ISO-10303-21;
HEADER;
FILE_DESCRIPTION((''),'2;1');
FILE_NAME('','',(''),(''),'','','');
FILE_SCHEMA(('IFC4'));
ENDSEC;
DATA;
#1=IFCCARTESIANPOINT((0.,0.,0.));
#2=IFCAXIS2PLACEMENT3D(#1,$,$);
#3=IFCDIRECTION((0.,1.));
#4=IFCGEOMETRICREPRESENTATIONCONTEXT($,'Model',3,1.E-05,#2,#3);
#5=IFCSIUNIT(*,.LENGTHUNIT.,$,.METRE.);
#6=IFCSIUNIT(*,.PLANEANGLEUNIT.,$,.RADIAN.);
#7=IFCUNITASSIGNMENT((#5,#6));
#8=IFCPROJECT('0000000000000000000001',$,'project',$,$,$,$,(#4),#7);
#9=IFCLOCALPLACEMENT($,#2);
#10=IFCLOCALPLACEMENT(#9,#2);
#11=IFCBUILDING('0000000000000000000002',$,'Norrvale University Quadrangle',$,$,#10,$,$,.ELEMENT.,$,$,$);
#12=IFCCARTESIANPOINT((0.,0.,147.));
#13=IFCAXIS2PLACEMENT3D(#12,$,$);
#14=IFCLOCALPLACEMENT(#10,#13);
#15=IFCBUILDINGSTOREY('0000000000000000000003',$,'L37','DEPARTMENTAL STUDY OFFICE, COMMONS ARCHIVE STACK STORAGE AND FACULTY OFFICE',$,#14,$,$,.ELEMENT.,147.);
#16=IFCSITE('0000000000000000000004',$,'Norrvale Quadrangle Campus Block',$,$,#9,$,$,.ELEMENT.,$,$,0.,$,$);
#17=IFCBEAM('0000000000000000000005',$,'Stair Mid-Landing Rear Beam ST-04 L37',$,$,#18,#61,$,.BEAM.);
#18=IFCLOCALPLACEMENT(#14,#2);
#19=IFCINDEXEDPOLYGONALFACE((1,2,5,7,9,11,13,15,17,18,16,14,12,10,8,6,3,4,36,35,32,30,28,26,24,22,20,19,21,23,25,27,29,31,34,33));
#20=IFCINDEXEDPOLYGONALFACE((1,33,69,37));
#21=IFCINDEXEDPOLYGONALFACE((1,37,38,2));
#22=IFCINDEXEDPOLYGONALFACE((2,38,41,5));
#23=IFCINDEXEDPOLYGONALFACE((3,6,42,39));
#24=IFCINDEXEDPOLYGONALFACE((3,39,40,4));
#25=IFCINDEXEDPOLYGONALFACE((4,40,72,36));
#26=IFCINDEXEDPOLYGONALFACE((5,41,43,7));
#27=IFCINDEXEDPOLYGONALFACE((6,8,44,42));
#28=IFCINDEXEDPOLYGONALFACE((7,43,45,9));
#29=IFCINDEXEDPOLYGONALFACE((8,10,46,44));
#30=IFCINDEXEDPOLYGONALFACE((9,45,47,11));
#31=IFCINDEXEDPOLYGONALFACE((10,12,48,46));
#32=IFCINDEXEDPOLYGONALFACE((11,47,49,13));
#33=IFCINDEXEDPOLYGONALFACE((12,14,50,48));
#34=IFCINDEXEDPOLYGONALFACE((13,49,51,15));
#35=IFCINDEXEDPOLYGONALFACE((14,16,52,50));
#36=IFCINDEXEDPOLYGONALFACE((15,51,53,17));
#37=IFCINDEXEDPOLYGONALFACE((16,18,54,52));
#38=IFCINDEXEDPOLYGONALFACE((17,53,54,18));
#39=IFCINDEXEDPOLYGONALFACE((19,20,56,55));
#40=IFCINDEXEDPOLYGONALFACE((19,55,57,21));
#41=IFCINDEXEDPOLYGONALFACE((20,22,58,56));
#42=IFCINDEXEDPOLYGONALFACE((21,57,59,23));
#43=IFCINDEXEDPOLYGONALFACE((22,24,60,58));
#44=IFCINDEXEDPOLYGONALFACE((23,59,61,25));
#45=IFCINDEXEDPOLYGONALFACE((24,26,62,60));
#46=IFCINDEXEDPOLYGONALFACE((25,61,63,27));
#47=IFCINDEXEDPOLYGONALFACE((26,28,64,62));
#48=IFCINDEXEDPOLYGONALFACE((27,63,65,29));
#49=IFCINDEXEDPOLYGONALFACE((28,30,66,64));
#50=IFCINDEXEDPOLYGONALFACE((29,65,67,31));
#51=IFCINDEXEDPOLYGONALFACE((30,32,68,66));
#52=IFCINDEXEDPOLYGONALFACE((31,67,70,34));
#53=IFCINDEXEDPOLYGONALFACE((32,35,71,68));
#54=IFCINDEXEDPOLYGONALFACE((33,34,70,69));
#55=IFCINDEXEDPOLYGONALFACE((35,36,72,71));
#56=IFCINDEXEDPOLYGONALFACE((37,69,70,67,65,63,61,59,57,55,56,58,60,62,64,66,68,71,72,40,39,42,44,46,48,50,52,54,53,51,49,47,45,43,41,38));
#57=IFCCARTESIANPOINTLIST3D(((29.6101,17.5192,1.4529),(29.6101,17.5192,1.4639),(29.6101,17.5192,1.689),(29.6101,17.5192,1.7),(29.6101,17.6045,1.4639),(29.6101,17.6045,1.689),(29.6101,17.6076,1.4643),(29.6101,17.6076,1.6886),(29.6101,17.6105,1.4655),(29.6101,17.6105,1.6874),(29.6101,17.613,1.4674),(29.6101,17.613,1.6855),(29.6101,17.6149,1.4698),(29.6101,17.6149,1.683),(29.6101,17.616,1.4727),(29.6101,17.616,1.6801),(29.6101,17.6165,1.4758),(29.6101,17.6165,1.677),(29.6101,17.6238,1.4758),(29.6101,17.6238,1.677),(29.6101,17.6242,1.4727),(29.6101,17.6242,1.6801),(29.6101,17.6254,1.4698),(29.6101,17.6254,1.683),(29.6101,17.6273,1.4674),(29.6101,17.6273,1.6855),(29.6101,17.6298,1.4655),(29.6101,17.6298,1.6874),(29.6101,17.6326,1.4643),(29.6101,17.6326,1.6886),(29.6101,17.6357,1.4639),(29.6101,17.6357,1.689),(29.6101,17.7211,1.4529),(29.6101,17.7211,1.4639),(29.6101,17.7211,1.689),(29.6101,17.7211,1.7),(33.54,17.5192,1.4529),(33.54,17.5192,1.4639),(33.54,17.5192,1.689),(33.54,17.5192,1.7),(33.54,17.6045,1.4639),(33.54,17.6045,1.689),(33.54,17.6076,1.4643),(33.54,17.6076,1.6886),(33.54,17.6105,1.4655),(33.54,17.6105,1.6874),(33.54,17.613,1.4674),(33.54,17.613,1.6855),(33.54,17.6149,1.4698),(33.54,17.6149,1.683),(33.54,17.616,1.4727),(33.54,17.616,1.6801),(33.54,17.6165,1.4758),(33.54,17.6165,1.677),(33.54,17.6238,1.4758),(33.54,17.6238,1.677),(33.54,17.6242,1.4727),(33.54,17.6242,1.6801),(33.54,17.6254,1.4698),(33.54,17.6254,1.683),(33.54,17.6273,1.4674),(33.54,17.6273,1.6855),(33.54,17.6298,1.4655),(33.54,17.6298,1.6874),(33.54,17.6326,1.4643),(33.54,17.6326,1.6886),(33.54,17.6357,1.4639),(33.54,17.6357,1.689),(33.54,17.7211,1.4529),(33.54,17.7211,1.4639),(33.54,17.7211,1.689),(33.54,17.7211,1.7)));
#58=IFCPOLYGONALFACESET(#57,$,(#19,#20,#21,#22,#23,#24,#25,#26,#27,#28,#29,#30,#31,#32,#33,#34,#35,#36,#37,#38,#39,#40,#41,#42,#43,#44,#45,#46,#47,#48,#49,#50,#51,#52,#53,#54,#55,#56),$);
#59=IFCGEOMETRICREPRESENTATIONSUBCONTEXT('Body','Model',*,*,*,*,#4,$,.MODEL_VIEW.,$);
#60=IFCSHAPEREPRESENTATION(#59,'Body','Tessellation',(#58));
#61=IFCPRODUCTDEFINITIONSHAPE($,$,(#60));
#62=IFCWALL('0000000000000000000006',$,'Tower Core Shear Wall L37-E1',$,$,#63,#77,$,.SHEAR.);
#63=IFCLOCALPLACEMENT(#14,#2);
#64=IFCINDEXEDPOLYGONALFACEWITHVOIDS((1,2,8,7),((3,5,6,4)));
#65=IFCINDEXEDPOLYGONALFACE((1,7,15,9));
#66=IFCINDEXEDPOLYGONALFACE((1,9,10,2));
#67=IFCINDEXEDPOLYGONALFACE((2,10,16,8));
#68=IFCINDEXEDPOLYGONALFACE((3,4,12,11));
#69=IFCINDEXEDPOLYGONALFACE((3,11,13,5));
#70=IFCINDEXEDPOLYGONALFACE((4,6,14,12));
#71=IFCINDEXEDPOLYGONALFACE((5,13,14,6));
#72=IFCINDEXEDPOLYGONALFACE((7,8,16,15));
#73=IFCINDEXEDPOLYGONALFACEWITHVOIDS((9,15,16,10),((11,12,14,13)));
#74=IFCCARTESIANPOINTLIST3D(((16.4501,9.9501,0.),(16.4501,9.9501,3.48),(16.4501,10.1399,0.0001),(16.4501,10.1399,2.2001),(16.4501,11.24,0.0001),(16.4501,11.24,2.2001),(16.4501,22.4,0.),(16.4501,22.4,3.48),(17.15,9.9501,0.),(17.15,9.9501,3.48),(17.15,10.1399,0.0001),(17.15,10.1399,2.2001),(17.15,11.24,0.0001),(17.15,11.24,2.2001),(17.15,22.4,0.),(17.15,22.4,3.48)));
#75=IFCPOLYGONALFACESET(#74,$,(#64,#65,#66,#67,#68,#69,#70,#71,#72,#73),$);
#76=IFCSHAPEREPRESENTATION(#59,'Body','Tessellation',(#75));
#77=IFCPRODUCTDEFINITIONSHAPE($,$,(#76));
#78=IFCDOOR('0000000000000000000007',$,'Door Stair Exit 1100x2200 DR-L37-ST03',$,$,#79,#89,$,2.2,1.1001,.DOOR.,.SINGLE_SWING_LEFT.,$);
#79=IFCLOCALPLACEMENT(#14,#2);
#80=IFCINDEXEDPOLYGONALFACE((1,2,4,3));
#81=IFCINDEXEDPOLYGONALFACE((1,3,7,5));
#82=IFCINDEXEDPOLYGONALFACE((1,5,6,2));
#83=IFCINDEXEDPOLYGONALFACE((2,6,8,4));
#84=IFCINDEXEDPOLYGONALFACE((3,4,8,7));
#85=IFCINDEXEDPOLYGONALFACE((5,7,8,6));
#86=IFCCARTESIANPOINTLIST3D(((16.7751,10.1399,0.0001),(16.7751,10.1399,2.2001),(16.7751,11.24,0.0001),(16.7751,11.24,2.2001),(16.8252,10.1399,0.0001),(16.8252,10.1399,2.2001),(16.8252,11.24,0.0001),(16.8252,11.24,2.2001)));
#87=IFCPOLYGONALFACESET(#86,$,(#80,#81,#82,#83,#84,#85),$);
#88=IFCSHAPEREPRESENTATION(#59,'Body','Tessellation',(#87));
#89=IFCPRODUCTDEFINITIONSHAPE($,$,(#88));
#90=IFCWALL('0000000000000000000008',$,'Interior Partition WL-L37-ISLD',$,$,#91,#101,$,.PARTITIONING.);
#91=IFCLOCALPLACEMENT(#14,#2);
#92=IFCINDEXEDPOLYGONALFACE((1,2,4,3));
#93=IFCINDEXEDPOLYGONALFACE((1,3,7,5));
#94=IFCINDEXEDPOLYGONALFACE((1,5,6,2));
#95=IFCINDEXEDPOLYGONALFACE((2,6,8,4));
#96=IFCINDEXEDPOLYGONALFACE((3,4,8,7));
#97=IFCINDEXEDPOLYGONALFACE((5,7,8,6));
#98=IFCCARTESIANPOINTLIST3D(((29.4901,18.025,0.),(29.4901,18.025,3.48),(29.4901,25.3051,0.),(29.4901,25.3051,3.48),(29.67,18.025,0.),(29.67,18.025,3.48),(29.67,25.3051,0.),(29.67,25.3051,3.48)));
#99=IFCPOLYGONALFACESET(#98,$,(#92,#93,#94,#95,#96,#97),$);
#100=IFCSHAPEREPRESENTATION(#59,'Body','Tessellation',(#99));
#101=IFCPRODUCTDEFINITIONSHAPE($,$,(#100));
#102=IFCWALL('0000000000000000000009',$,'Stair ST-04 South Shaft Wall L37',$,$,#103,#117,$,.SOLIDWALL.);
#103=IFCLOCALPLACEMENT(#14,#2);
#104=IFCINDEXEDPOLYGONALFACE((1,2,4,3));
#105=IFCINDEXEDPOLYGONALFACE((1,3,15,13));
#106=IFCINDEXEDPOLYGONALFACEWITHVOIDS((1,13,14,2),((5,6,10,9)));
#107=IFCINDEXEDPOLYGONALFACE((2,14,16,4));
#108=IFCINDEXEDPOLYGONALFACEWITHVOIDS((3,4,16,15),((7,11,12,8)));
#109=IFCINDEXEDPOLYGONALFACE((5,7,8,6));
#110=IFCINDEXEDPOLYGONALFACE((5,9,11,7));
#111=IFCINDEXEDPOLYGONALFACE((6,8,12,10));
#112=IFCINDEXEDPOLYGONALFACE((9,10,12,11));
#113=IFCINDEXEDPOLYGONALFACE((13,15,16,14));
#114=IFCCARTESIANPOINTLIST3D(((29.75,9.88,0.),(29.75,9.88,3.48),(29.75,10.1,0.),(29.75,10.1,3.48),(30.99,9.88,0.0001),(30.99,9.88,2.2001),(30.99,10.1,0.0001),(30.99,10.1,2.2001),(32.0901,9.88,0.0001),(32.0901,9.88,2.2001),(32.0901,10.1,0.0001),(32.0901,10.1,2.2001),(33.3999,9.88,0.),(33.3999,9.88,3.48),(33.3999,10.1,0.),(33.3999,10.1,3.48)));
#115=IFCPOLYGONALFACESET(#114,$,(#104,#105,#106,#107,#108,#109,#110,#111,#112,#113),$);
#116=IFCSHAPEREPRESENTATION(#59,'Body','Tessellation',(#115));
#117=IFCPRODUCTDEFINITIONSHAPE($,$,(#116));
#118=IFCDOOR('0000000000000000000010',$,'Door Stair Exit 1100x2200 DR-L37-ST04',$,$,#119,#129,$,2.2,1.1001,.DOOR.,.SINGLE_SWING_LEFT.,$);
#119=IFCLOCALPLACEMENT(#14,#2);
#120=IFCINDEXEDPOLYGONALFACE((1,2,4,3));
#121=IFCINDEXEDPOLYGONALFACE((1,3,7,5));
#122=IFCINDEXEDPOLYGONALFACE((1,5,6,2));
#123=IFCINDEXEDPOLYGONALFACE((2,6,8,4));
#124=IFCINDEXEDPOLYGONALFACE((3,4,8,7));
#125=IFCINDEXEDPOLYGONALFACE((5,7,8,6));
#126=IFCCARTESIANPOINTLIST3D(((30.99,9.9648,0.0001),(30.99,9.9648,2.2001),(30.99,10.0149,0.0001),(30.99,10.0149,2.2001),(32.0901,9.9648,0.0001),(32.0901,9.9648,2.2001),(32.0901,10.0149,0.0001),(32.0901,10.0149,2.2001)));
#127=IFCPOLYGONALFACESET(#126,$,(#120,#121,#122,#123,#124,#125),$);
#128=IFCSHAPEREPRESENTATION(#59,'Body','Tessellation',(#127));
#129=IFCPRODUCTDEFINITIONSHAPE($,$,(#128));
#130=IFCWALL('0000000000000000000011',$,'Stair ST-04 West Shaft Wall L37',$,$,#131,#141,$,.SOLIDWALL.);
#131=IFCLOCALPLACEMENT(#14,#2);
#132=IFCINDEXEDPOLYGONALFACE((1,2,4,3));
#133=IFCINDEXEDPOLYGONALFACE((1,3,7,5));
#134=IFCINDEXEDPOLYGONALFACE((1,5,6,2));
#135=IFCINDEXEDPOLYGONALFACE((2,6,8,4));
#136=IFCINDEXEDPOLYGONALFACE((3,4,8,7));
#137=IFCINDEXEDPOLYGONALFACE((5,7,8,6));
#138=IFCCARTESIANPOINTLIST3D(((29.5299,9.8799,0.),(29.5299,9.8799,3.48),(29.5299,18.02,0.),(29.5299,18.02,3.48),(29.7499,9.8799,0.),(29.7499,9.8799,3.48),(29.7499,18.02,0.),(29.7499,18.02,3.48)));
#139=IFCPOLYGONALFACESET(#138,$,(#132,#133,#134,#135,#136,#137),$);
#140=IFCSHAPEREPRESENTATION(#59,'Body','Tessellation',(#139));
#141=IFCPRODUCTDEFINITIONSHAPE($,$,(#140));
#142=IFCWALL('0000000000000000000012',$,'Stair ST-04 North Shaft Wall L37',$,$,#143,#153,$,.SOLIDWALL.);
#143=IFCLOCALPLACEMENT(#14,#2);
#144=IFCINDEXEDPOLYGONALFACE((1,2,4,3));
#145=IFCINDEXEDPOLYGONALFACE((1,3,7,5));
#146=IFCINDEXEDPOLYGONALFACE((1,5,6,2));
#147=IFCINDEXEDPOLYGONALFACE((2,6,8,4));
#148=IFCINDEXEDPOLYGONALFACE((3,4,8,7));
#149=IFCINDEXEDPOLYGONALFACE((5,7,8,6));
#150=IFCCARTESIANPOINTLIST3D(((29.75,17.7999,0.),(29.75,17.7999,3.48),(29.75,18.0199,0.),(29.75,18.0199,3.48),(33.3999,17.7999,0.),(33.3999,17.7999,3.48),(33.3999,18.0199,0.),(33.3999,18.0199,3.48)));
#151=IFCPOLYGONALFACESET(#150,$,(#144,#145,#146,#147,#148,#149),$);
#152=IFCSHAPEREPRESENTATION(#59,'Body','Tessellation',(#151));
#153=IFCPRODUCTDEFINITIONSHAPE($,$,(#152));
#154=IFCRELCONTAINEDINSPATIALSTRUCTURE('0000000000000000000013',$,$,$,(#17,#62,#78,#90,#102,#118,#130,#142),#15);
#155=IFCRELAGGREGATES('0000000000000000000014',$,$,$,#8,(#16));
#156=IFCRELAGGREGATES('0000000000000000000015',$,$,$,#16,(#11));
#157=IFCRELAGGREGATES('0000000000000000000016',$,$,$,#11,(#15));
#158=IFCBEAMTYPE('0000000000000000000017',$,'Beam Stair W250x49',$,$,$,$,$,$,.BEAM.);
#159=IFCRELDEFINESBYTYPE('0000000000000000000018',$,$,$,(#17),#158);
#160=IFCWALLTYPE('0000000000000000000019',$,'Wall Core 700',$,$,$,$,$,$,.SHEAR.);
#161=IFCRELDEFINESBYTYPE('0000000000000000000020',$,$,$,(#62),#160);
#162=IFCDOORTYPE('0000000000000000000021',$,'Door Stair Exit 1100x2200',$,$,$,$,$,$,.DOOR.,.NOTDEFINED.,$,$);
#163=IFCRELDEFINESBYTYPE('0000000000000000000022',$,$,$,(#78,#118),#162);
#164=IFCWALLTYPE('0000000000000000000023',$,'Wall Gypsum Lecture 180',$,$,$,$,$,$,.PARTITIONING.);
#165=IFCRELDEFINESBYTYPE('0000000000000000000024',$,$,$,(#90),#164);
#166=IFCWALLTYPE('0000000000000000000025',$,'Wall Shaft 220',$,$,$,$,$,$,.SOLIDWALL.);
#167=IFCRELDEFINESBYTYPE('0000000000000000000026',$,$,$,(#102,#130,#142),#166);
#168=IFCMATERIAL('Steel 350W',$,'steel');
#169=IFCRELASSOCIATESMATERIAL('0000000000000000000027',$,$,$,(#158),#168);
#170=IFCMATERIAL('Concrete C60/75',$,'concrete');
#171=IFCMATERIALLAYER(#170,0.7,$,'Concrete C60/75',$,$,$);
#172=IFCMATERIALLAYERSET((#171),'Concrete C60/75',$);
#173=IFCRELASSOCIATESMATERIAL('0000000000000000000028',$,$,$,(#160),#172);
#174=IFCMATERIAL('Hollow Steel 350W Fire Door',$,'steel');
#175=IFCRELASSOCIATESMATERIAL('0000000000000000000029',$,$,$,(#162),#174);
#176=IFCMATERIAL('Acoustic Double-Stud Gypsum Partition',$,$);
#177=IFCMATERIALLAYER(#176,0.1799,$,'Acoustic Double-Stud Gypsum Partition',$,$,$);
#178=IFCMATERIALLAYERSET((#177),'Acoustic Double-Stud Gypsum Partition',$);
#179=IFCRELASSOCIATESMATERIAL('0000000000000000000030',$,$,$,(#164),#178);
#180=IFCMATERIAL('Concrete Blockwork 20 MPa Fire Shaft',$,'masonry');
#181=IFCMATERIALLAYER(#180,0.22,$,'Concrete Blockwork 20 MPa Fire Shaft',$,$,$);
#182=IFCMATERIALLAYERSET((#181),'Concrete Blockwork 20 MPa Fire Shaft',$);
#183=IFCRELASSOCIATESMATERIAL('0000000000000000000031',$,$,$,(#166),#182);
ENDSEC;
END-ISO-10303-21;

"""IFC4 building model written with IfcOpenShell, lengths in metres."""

from ifc_helpers import new_model, si_unit, direction, frame, frame_2d, origin, origin_2d, place, context, subcontext, project, spatial, rectangle, i_section, extrude, material, layer, layer_set, material_profile, profile_set, type_object, element, fill, save


model = new_model("IFC4")

# Units and contexts
model_context = context("Model", 3, precision=1e-05, world=origin(), true_north=direction((0.0, 1.0)))
body_context = subcontext(model_context, "Body", "Model", "MODEL_VIEW")
ifc_project = project(units=[si_unit("LENGTHUNIT", "METRE"), si_unit("PLANEANGLEUNIT", "RADIAN")], contexts=[model_context])

# Site, building, storey
site_placement = place(None, origin())
site = spatial("IfcSite", under=ifc_project, at=site_placement, Name="Norrvale Quadrangle Campus Block", CompositionType="ELEMENT", RefElevation=0.0)
building_placement = place(site_placement, origin())
building = spatial("IfcBuilding", under=site, at=building_placement, Name="Norrvale University Quadrangle", CompositionType="ELEMENT")
storey_placement = place(building_placement, frame((0.0, 0.0, 147.0)))
storey = spatial("IfcBuildingStorey", under=building, at=storey_placement, Name="L37", Description="DEPARTMENTAL STUDY OFFICE, COMMONS ARCHIVE STACK STORAGE AND FACULTY OFFICE", CompositionType="ELEMENT", Elevation=147.0)

# Shared definitions
ifc_material_1 = material(Name="Concrete C60/75", Category="concrete")

# Beam
ifc_material_2 = material(Name="Steel 350W", Category="steel")
ifc_material_profile_1 = material_profile(ifc_material_2, i_section(OverallWidth=0.2019, OverallDepth=0.2471, WebThickness=0.0073, FlangeThickness=0.011, FilletRadius=0.012, at=origin_2d()), Name="Steel 350W")
ifc_profile_set_1 = profile_set([ifc_material_profile_1], Name="Steel 350W")
beam_type_1 = type_object("IfcBeamType", Name="Beam Stair W250x49", PredefinedType="BEAM", material=ifc_profile_set_1)
for number, where, z_axis, x_axis, name in (
    (1, (29.6101, 17.6201, 1.5764), (1.0, 0.0, 0.0), (0.0, 1.0, 0.0), "Stair Mid-Landing Rear Beam ST-04 L37"),
):
    element("IfcBeam", number, at=place(storey_placement, frame(where, z_axis=z_axis, x_axis=x_axis)), inside=storey, type_object=beam_type_1, Name=name, PredefinedType="BEAM", context=body_context, shape_type="SweptSolid", body=[
        extrude(i_section(OverallWidth=0.2019, OverallDepth=0.2471, WebThickness=0.0073, FlangeThickness=0.011, FilletRadius=0.012, at=origin_2d()), origin(), (0.0, 0.0, 1.0), 3.9299),
    ])

# Wall, opening, door
ifc_layer_1 = layer(ifc_material_1, 0.7, Name="Concrete C60/75")
ifc_layer_set_1 = layer_set([ifc_layer_1], Name="Concrete C60/75")
wall_type_1 = type_object("IfcWallType", Name="Wall Core 700", PredefinedType="SHEAR", material=ifc_layer_set_1)
wall_1_placement = place(storey_placement, frame((16.8, 9.95, 0.0), z_axis=(0.0, 0.0, 1.0), x_axis=(0.0, 1.0, 0.0)))
wall_1 = element("IfcWall", 2, at=wall_1_placement, inside=storey, type_object=wall_type_1, Name="Tower Core Shear Wall L37-E1", PredefinedType="SHEAR", context=body_context, shape_type="SweptSolid", body=[
    extrude(rectangle(XDim=12.45, YDim=0.7, at=frame_2d((6.2251, 0.0))), origin(), (0.0, 0.0, 1.0), 3.48),
])
opening_1_placement = place(wall_1_placement, frame((0.1899, 0.0, 0.0)))
opening_1 = element("IfcOpeningElement", 3, at=opening_1_placement, cuts=wall_1, PredefinedType="OPENING", context=body_context, shape_type="SweptSolid", body=[
    extrude(rectangle(XDim=1.1001, YDim=2.2, at=frame_2d((0.55, 1.1001))), frame((0.0, 0.3621, 0.0), z_axis=(0.0, -1.0, 0.0), x_axis=(1.0, 0.0, 0.0)), (0.0, 0.0, 1.0), 0.7239),
])
ifc_material_3 = material(Name="Hollow Steel 350W Fire Door", Category="steel")
door_type = type_object("IfcDoorType", Name="Door Stair Exit 1100x2200", OperationType="NOTDEFINED", PredefinedType="DOOR", material=ifc_material_3)
door_1_placement = place(opening_1_placement, origin())
door_1 = element("IfcDoor", 4, at=door_1_placement, inside=storey, type_object=door_type, Name="Door Stair Exit 1100x2200 DR-L37-ST03", OperationType="SINGLE_SWING_LEFT", OverallHeight=2.2, OverallWidth=1.1001, PredefinedType="DOOR", context=body_context, shape_type="SweptSolid", body=[
    extrude(rectangle(XDim=1.1001, YDim=2.2, at=frame_2d((0.55, 1.1001))), frame((0.0, 0.0249, 0.0), z_axis=(0.0, -1.0, 0.0), x_axis=(1.0, 0.0, 0.0)), (0.0, 0.0, 1.0), 0.05),
])
fill(opening_1, door_1)

# Wall
ifc_material_4 = material(Name="Acoustic Double-Stud Gypsum Partition")
ifc_layer_2 = layer(ifc_material_4, 0.1799, Name="Acoustic Double-Stud Gypsum Partition")
ifc_layer_set_2 = layer_set([ifc_layer_2], Name="Acoustic Double-Stud Gypsum Partition")
wall_type_2 = type_object("IfcWallType", Name="Wall Gypsum Lecture 180", PredefinedType="PARTITIONING", material=ifc_layer_set_2)
wall_2_placement = place(storey_placement, frame((29.5801, 18.0249, 0.0), z_axis=(0.0, 0.0, 1.0), x_axis=(0.0, 1.0, 0.0)))
element("IfcWall", 5, at=wall_2_placement, inside=storey, type_object=wall_type_2, Name="Interior Partition WL-L37-ISLD", PredefinedType="PARTITIONING", context=body_context, shape_type="SweptSolid", body=[
    extrude(rectangle(XDim=7.28, YDim=0.1799, at=frame_2d((3.6401, 0.0))), origin(), (0.0, 0.0, 1.0), 3.48),
])

# Wall, opening, door
ifc_material_5 = material(Name="Concrete Blockwork 20 MPa Fire Shaft", Category="masonry")
ifc_layer_3 = layer(ifc_material_5, 0.22, Name="Concrete Blockwork 20 MPa Fire Shaft")
ifc_layer_set_3 = layer_set([ifc_layer_3], Name="Concrete Blockwork 20 MPa Fire Shaft")
wall_type_3 = type_object("IfcWallType", Name="Wall Shaft 220", PredefinedType="SOLIDWALL", material=ifc_layer_set_3)
wall_3_placement = place(storey_placement, frame((29.75, 9.99, 0.0), z_axis=(0.0, 0.0, 1.0), x_axis=(1.0, 0.0, 0.0)))
wall_3 = element("IfcWall", 6, at=wall_3_placement, inside=storey, type_object=wall_type_3, Name="Stair ST-04 South Shaft Wall L37", PredefinedType="SOLIDWALL", context=body_context, shape_type="SweptSolid", body=[
    extrude(rectangle(XDim=3.6499, YDim=0.22, at=frame_2d((1.825, 0.0))), origin(), (0.0, 0.0, 1.0), 3.48),
])
opening_2_placement = place(wall_3_placement, frame((1.24, 0.0, 0.0)))
opening_2 = element("IfcOpeningElement", 7, at=opening_2_placement, cuts=wall_3, PredefinedType="OPENING", context=body_context, shape_type="SweptSolid", body=[
    extrude(rectangle(XDim=1.1001, YDim=2.2, at=frame_2d((0.55, 1.1001))), frame((0.0, 0.1221, 0.0), z_axis=(0.0, -1.0, 0.0), x_axis=(1.0, 0.0, 0.0)), (0.0, 0.0, 1.0), 0.2439),
])
door_2_placement = place(opening_2_placement, origin())
door_2 = element("IfcDoor", 8, at=door_2_placement, inside=storey, type_object=door_type, Name="Door Stair Exit 1100x2200 DR-L37-ST04", OperationType="SINGLE_SWING_LEFT", OverallHeight=2.2, OverallWidth=1.1001, PredefinedType="DOOR", context=body_context, shape_type="SweptSolid", body=[
    extrude(rectangle(XDim=1.1001, YDim=2.2, at=frame_2d((0.55, 1.1001))), frame((0.0, 0.0249, 0.0), z_axis=(0.0, -1.0, 0.0), x_axis=(1.0, 0.0, 0.0)), (0.0, 0.0, 1.0), 0.05),
])
fill(opening_2, door_2)

# Walls
wall_4_placement = place(storey_placement, frame((29.6399, 9.8799, 0.0), z_axis=(0.0, 0.0, 1.0), x_axis=(0.0, 1.0, 0.0)))
element("IfcWall", 9, at=wall_4_placement, inside=storey, type_object=wall_type_3, Name="Stair ST-04 West Shaft Wall L37", PredefinedType="SOLIDWALL", context=body_context, shape_type="SweptSolid", body=[
    extrude(rectangle(XDim=8.1401, YDim=0.22, at=frame_2d((4.0701, 0.0))), origin(), (0.0, 0.0, 1.0), 3.48),
])
wall_5_placement = place(storey_placement, frame((29.75, 17.9099, 0.0), z_axis=(0.0, 0.0, 1.0), x_axis=(1.0, 0.0, 0.0)))
element("IfcWall", 10, at=wall_5_placement, inside=storey, type_object=wall_type_3, Name="Stair ST-04 North Shaft Wall L37", PredefinedType="SOLIDWALL", context=body_context, shape_type="SweptSolid", body=[
    extrude(rectangle(XDim=3.6499, YDim=0.22, at=frame_2d((1.825, 0.0))), origin(), (0.0, 0.0, 1.0), 3.48),
])

save(model, "model.ifc")
